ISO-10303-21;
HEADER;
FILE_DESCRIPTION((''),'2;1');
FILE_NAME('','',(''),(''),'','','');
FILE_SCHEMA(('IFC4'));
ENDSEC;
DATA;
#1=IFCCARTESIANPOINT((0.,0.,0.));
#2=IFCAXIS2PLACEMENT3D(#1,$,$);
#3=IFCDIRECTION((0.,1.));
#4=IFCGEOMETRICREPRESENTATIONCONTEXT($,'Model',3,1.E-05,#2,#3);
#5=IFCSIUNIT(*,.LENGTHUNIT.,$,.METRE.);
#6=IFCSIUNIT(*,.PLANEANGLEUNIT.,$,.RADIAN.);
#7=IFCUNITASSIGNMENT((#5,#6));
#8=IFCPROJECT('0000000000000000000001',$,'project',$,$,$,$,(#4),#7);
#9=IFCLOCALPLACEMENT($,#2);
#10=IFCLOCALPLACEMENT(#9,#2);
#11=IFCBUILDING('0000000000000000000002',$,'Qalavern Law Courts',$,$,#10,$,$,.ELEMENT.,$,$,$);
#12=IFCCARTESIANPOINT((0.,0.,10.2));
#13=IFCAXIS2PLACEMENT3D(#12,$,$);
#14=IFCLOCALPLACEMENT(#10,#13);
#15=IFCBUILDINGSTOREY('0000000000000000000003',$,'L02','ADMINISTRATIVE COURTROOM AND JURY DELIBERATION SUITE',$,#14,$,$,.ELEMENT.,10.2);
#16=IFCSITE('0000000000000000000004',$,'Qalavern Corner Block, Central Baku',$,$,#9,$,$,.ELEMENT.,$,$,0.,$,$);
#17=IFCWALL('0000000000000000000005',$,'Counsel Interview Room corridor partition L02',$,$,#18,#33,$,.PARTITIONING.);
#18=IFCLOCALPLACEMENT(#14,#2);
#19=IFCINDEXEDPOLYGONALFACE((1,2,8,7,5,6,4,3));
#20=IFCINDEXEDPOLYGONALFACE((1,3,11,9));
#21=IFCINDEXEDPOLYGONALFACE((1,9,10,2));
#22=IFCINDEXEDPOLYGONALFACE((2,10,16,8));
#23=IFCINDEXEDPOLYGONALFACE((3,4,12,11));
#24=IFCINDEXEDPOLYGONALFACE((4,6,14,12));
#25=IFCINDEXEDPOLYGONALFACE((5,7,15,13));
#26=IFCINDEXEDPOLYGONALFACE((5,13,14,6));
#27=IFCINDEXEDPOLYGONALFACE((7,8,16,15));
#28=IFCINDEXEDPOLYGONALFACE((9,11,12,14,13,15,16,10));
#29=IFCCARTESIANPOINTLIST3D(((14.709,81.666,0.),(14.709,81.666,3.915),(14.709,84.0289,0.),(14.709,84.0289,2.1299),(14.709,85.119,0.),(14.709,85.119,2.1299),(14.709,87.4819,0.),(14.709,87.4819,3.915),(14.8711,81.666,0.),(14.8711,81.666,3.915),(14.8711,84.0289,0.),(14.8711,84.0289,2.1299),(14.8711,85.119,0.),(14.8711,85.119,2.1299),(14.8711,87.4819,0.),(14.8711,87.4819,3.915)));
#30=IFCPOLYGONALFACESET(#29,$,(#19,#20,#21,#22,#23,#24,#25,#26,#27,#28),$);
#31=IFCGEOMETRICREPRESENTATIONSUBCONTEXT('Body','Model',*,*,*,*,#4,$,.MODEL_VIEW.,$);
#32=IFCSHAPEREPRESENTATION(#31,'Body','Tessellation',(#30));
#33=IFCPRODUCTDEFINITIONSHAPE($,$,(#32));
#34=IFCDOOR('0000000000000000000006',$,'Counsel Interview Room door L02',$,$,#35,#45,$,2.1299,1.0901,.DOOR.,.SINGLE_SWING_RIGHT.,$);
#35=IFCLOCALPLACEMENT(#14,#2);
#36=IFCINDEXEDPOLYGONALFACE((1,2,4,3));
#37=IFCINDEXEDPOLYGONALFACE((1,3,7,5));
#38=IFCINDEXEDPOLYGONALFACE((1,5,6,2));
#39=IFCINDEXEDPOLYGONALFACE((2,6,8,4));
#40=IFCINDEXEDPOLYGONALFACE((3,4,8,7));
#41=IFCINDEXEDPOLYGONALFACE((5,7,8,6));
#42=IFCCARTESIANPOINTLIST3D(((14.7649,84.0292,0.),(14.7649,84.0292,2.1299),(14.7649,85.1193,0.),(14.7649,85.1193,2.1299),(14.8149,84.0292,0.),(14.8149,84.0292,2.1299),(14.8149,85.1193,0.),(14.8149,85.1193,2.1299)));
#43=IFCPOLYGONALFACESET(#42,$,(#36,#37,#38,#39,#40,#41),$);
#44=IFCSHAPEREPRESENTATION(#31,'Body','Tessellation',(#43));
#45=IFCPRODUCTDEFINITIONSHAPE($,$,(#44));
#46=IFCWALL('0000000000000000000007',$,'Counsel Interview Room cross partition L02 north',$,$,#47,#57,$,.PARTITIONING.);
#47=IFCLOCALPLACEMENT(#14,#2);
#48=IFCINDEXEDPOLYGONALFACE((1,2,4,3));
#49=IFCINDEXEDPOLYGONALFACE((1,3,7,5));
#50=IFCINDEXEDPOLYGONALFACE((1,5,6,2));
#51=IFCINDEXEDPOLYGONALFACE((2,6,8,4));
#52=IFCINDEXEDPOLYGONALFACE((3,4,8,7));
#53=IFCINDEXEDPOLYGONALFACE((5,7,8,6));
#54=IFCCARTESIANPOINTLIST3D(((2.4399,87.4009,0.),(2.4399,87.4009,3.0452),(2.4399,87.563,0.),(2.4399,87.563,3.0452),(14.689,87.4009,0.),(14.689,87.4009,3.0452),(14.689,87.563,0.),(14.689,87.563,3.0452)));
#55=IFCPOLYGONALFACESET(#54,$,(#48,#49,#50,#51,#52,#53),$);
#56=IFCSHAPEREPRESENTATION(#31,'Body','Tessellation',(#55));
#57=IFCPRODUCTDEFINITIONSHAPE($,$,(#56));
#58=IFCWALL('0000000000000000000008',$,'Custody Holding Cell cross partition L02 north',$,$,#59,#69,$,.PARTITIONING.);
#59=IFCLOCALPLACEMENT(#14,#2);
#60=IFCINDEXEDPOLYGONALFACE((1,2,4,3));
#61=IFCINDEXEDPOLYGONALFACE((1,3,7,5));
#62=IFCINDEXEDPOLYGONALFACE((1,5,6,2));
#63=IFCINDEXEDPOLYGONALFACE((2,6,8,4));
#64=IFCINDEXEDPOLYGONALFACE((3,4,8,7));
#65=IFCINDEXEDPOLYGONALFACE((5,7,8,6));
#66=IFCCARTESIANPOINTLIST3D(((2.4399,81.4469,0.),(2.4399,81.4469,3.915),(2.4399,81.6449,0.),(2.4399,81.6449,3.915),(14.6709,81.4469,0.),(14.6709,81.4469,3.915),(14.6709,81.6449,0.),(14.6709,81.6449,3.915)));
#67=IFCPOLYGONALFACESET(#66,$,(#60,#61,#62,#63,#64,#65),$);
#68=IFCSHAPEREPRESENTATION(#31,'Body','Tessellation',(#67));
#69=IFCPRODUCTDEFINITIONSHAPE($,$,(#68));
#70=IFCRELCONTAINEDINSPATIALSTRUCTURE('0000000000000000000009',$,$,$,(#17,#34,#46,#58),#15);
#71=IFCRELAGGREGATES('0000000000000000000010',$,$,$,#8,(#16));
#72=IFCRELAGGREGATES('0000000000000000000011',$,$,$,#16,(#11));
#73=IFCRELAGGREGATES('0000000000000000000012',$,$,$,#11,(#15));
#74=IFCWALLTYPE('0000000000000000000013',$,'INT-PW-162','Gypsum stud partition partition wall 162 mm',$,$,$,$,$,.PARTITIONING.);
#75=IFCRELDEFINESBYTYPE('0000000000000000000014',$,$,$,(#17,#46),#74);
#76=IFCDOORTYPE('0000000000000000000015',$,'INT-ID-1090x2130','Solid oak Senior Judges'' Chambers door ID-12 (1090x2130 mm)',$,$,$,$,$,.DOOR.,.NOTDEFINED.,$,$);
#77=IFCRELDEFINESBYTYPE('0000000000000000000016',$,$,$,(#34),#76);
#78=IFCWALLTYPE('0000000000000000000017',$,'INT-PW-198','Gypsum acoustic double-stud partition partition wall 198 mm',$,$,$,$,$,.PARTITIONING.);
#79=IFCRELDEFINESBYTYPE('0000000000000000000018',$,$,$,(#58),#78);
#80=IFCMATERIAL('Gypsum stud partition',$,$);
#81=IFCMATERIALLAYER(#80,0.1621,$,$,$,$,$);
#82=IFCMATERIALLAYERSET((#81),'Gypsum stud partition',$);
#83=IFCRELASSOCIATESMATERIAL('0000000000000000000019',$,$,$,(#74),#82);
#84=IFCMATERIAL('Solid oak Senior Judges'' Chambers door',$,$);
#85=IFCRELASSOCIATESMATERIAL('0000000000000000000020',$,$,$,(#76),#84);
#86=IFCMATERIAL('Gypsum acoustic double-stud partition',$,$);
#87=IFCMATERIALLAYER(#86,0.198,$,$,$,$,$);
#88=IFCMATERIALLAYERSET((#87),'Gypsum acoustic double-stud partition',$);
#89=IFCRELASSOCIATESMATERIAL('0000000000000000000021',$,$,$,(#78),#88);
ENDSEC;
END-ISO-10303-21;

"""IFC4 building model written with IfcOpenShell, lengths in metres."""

from ifc_helpers import new_model, si_unit, direction, frame, frame_2d, origin, place, context, subcontext, project, spatial, rectangle, extrude, material, layer, layer_set, type_object, element, fill, save


model = new_model("IFC4")

# Units and contexts
model_context = context("Model", 3, precision=1e-05, world=origin(), true_north=direction((0.0, 1.0)))
body_context = subcontext(model_context, "Body", "Model", "MODEL_VIEW")
ifc_project = project(units=[si_unit("LENGTHUNIT", "METRE"), si_unit("PLANEANGLEUNIT", "RADIAN")], contexts=[model_context])

# Site, building, storey
site_placement = place(None, origin())
site = spatial("IfcSite", under=ifc_project, at=site_placement, Name="Qalavern Corner Block, Central Baku", CompositionType="ELEMENT", RefElevation=0.0)
building_placement = place(site_placement, origin())
building = spatial("IfcBuilding", under=site, at=building_placement, Name="Qalavern Law Courts", CompositionType="ELEMENT")
storey_placement = place(building_placement, frame((0.0, 0.0, 10.2)))
storey = spatial("IfcBuildingStorey", under=building, at=storey_placement, Name="L02", Description="ADMINISTRATIVE COURTROOM AND JURY DELIBERATION SUITE", CompositionType="ELEMENT", Elevation=10.2)

# Wall, opening, door
ifc_material_1 = material(Name="Gypsum stud partition")
ifc_layer_1 = layer(ifc_material_1, 0.1621)
ifc_layer_set_1 = layer_set([ifc_layer_1], Name="Gypsum stud partition")
wall_type_1 = type_object("IfcWallType", Name="INT-PW-162", Description="Gypsum stud partition partition wall 162 mm", PredefinedType="PARTITIONING", material=ifc_layer_set_1)
wall_1_placement = place(storey_placement, frame((14.79, 81.666, 0.0), z_axis=(0.0, 0.0, 1.0), x_axis=(0.0, 1.0, 0.0)))
wall_1 = element("IfcWall", 1, at=wall_1_placement, inside=storey, type_object=wall_type_1, Name="Counsel Interview Room corridor partition L02", PredefinedType="PARTITIONING", context=body_context, shape_type="SweptSolid", body=[
    extrude(rectangle(XDim=5.8159, YDim=0.1621, at=frame_2d((2.908, 0.0))), origin(), (0.0, 0.0, 1.0), 3.915),
])
opening_placement = place(wall_1_placement, frame((2.363, 0.0, 0.0)))
opening = element("IfcOpeningElement", 2, at=opening_placement, cuts=wall_1, PredefinedType="OPENING", context=body_context, shape_type="SweptSolid", body=[
    extrude(rectangle(XDim=1.0901, YDim=2.1299, at=frame_2d((0.5449, 1.0649))), frame((0.0, 0.0959, 0.0), z_axis=(0.0, -1.0, 0.0), x_axis=(1.0, 0.0, 0.0)), (0.0, 0.0, 1.0), 0.1919),
])
ifc_material_2 = material(Name="Solid oak Senior Judges' Chambers door")
door_type = type_object("IfcDoorType", Name="INT-ID-1090x2130", Description="Solid oak Senior Judges' Chambers door ID-12 (1090x2130 mm)", OperationType="NOTDEFINED", PredefinedType="DOOR", material=ifc_material_2)
door_placement = place(opening_placement, frame((1.0901, 0.0, 0.0), z_axis=(0.0, 0.0, 1.0), x_axis=(-1.0, 0.0, 0.0)))
door = element("IfcDoor", 3, at=door_placement, inside=storey, type_object=door_type, Name="Counsel Interview Room door L02", OperationType="SINGLE_SWING_RIGHT", OverallHeight=2.1299, OverallWidth=1.0901, PredefinedType="DOOR", context=body_context, shape_type="SweptSolid", body=[
    extrude(rectangle(XDim=1.0901, YDim=2.1299, at=frame_2d((0.5449, 1.0649))), frame((0.0, 0.0249, 0.0), z_axis=(0.0, -1.0, 0.0), x_axis=(1.0, 0.0, 0.0)), (0.0, 0.0, 1.0), 0.05),
])
fill(opening, door)

# Walls
wall_2_placement = place(storey_placement, frame((2.4399, 87.4819, 0.0), z_axis=(0.0, 0.0, 1.0), x_axis=(1.0, 0.0, 0.0)))
element("IfcWall", 4, at=wall_2_placement, inside=storey, type_object=wall_type_1, Name="Counsel Interview Room cross partition L02 north", PredefinedType="PARTITIONING", context=body_context, shape_type="SweptSolid", body=[
    extrude(rectangle(XDim=12.249, YDim=0.1621, at=frame_2d((6.1245, 0.0))), origin(), (0.0, 0.0, 1.0), 3.0452),
])
ifc_material_3 = material(Name="Gypsum acoustic double-stud partition")
ifc_layer_2 = layer(ifc_material_3, 0.198)
ifc_layer_set_2 = layer_set([ifc_layer_2], Name="Gypsum acoustic double-stud partition")
wall_type_2 = type_object("IfcWallType", Name="INT-PW-198", Description="Gypsum acoustic double-stud partition partition wall 198 mm", PredefinedType="PARTITIONING", material=ifc_layer_set_2)
wall_3_placement = place(storey_placement, frame((2.4399, 81.5459, 0.0), z_axis=(0.0, 0.0, 1.0), x_axis=(1.0, 0.0, 0.0)))
element("IfcWall", 5, at=wall_3_placement, inside=storey, type_object=wall_type_2, Name="Custody Holding Cell cross partition L02 north", PredefinedType="PARTITIONING", context=body_context, shape_type="SweptSolid", body=[
    extrude(rectangle(XDim=12.231, YDim=0.198, at=frame_2d((6.1155, 0.0))), origin(), (0.0, 0.0, 1.0), 3.915),
])

save(model, "model.ifc")
